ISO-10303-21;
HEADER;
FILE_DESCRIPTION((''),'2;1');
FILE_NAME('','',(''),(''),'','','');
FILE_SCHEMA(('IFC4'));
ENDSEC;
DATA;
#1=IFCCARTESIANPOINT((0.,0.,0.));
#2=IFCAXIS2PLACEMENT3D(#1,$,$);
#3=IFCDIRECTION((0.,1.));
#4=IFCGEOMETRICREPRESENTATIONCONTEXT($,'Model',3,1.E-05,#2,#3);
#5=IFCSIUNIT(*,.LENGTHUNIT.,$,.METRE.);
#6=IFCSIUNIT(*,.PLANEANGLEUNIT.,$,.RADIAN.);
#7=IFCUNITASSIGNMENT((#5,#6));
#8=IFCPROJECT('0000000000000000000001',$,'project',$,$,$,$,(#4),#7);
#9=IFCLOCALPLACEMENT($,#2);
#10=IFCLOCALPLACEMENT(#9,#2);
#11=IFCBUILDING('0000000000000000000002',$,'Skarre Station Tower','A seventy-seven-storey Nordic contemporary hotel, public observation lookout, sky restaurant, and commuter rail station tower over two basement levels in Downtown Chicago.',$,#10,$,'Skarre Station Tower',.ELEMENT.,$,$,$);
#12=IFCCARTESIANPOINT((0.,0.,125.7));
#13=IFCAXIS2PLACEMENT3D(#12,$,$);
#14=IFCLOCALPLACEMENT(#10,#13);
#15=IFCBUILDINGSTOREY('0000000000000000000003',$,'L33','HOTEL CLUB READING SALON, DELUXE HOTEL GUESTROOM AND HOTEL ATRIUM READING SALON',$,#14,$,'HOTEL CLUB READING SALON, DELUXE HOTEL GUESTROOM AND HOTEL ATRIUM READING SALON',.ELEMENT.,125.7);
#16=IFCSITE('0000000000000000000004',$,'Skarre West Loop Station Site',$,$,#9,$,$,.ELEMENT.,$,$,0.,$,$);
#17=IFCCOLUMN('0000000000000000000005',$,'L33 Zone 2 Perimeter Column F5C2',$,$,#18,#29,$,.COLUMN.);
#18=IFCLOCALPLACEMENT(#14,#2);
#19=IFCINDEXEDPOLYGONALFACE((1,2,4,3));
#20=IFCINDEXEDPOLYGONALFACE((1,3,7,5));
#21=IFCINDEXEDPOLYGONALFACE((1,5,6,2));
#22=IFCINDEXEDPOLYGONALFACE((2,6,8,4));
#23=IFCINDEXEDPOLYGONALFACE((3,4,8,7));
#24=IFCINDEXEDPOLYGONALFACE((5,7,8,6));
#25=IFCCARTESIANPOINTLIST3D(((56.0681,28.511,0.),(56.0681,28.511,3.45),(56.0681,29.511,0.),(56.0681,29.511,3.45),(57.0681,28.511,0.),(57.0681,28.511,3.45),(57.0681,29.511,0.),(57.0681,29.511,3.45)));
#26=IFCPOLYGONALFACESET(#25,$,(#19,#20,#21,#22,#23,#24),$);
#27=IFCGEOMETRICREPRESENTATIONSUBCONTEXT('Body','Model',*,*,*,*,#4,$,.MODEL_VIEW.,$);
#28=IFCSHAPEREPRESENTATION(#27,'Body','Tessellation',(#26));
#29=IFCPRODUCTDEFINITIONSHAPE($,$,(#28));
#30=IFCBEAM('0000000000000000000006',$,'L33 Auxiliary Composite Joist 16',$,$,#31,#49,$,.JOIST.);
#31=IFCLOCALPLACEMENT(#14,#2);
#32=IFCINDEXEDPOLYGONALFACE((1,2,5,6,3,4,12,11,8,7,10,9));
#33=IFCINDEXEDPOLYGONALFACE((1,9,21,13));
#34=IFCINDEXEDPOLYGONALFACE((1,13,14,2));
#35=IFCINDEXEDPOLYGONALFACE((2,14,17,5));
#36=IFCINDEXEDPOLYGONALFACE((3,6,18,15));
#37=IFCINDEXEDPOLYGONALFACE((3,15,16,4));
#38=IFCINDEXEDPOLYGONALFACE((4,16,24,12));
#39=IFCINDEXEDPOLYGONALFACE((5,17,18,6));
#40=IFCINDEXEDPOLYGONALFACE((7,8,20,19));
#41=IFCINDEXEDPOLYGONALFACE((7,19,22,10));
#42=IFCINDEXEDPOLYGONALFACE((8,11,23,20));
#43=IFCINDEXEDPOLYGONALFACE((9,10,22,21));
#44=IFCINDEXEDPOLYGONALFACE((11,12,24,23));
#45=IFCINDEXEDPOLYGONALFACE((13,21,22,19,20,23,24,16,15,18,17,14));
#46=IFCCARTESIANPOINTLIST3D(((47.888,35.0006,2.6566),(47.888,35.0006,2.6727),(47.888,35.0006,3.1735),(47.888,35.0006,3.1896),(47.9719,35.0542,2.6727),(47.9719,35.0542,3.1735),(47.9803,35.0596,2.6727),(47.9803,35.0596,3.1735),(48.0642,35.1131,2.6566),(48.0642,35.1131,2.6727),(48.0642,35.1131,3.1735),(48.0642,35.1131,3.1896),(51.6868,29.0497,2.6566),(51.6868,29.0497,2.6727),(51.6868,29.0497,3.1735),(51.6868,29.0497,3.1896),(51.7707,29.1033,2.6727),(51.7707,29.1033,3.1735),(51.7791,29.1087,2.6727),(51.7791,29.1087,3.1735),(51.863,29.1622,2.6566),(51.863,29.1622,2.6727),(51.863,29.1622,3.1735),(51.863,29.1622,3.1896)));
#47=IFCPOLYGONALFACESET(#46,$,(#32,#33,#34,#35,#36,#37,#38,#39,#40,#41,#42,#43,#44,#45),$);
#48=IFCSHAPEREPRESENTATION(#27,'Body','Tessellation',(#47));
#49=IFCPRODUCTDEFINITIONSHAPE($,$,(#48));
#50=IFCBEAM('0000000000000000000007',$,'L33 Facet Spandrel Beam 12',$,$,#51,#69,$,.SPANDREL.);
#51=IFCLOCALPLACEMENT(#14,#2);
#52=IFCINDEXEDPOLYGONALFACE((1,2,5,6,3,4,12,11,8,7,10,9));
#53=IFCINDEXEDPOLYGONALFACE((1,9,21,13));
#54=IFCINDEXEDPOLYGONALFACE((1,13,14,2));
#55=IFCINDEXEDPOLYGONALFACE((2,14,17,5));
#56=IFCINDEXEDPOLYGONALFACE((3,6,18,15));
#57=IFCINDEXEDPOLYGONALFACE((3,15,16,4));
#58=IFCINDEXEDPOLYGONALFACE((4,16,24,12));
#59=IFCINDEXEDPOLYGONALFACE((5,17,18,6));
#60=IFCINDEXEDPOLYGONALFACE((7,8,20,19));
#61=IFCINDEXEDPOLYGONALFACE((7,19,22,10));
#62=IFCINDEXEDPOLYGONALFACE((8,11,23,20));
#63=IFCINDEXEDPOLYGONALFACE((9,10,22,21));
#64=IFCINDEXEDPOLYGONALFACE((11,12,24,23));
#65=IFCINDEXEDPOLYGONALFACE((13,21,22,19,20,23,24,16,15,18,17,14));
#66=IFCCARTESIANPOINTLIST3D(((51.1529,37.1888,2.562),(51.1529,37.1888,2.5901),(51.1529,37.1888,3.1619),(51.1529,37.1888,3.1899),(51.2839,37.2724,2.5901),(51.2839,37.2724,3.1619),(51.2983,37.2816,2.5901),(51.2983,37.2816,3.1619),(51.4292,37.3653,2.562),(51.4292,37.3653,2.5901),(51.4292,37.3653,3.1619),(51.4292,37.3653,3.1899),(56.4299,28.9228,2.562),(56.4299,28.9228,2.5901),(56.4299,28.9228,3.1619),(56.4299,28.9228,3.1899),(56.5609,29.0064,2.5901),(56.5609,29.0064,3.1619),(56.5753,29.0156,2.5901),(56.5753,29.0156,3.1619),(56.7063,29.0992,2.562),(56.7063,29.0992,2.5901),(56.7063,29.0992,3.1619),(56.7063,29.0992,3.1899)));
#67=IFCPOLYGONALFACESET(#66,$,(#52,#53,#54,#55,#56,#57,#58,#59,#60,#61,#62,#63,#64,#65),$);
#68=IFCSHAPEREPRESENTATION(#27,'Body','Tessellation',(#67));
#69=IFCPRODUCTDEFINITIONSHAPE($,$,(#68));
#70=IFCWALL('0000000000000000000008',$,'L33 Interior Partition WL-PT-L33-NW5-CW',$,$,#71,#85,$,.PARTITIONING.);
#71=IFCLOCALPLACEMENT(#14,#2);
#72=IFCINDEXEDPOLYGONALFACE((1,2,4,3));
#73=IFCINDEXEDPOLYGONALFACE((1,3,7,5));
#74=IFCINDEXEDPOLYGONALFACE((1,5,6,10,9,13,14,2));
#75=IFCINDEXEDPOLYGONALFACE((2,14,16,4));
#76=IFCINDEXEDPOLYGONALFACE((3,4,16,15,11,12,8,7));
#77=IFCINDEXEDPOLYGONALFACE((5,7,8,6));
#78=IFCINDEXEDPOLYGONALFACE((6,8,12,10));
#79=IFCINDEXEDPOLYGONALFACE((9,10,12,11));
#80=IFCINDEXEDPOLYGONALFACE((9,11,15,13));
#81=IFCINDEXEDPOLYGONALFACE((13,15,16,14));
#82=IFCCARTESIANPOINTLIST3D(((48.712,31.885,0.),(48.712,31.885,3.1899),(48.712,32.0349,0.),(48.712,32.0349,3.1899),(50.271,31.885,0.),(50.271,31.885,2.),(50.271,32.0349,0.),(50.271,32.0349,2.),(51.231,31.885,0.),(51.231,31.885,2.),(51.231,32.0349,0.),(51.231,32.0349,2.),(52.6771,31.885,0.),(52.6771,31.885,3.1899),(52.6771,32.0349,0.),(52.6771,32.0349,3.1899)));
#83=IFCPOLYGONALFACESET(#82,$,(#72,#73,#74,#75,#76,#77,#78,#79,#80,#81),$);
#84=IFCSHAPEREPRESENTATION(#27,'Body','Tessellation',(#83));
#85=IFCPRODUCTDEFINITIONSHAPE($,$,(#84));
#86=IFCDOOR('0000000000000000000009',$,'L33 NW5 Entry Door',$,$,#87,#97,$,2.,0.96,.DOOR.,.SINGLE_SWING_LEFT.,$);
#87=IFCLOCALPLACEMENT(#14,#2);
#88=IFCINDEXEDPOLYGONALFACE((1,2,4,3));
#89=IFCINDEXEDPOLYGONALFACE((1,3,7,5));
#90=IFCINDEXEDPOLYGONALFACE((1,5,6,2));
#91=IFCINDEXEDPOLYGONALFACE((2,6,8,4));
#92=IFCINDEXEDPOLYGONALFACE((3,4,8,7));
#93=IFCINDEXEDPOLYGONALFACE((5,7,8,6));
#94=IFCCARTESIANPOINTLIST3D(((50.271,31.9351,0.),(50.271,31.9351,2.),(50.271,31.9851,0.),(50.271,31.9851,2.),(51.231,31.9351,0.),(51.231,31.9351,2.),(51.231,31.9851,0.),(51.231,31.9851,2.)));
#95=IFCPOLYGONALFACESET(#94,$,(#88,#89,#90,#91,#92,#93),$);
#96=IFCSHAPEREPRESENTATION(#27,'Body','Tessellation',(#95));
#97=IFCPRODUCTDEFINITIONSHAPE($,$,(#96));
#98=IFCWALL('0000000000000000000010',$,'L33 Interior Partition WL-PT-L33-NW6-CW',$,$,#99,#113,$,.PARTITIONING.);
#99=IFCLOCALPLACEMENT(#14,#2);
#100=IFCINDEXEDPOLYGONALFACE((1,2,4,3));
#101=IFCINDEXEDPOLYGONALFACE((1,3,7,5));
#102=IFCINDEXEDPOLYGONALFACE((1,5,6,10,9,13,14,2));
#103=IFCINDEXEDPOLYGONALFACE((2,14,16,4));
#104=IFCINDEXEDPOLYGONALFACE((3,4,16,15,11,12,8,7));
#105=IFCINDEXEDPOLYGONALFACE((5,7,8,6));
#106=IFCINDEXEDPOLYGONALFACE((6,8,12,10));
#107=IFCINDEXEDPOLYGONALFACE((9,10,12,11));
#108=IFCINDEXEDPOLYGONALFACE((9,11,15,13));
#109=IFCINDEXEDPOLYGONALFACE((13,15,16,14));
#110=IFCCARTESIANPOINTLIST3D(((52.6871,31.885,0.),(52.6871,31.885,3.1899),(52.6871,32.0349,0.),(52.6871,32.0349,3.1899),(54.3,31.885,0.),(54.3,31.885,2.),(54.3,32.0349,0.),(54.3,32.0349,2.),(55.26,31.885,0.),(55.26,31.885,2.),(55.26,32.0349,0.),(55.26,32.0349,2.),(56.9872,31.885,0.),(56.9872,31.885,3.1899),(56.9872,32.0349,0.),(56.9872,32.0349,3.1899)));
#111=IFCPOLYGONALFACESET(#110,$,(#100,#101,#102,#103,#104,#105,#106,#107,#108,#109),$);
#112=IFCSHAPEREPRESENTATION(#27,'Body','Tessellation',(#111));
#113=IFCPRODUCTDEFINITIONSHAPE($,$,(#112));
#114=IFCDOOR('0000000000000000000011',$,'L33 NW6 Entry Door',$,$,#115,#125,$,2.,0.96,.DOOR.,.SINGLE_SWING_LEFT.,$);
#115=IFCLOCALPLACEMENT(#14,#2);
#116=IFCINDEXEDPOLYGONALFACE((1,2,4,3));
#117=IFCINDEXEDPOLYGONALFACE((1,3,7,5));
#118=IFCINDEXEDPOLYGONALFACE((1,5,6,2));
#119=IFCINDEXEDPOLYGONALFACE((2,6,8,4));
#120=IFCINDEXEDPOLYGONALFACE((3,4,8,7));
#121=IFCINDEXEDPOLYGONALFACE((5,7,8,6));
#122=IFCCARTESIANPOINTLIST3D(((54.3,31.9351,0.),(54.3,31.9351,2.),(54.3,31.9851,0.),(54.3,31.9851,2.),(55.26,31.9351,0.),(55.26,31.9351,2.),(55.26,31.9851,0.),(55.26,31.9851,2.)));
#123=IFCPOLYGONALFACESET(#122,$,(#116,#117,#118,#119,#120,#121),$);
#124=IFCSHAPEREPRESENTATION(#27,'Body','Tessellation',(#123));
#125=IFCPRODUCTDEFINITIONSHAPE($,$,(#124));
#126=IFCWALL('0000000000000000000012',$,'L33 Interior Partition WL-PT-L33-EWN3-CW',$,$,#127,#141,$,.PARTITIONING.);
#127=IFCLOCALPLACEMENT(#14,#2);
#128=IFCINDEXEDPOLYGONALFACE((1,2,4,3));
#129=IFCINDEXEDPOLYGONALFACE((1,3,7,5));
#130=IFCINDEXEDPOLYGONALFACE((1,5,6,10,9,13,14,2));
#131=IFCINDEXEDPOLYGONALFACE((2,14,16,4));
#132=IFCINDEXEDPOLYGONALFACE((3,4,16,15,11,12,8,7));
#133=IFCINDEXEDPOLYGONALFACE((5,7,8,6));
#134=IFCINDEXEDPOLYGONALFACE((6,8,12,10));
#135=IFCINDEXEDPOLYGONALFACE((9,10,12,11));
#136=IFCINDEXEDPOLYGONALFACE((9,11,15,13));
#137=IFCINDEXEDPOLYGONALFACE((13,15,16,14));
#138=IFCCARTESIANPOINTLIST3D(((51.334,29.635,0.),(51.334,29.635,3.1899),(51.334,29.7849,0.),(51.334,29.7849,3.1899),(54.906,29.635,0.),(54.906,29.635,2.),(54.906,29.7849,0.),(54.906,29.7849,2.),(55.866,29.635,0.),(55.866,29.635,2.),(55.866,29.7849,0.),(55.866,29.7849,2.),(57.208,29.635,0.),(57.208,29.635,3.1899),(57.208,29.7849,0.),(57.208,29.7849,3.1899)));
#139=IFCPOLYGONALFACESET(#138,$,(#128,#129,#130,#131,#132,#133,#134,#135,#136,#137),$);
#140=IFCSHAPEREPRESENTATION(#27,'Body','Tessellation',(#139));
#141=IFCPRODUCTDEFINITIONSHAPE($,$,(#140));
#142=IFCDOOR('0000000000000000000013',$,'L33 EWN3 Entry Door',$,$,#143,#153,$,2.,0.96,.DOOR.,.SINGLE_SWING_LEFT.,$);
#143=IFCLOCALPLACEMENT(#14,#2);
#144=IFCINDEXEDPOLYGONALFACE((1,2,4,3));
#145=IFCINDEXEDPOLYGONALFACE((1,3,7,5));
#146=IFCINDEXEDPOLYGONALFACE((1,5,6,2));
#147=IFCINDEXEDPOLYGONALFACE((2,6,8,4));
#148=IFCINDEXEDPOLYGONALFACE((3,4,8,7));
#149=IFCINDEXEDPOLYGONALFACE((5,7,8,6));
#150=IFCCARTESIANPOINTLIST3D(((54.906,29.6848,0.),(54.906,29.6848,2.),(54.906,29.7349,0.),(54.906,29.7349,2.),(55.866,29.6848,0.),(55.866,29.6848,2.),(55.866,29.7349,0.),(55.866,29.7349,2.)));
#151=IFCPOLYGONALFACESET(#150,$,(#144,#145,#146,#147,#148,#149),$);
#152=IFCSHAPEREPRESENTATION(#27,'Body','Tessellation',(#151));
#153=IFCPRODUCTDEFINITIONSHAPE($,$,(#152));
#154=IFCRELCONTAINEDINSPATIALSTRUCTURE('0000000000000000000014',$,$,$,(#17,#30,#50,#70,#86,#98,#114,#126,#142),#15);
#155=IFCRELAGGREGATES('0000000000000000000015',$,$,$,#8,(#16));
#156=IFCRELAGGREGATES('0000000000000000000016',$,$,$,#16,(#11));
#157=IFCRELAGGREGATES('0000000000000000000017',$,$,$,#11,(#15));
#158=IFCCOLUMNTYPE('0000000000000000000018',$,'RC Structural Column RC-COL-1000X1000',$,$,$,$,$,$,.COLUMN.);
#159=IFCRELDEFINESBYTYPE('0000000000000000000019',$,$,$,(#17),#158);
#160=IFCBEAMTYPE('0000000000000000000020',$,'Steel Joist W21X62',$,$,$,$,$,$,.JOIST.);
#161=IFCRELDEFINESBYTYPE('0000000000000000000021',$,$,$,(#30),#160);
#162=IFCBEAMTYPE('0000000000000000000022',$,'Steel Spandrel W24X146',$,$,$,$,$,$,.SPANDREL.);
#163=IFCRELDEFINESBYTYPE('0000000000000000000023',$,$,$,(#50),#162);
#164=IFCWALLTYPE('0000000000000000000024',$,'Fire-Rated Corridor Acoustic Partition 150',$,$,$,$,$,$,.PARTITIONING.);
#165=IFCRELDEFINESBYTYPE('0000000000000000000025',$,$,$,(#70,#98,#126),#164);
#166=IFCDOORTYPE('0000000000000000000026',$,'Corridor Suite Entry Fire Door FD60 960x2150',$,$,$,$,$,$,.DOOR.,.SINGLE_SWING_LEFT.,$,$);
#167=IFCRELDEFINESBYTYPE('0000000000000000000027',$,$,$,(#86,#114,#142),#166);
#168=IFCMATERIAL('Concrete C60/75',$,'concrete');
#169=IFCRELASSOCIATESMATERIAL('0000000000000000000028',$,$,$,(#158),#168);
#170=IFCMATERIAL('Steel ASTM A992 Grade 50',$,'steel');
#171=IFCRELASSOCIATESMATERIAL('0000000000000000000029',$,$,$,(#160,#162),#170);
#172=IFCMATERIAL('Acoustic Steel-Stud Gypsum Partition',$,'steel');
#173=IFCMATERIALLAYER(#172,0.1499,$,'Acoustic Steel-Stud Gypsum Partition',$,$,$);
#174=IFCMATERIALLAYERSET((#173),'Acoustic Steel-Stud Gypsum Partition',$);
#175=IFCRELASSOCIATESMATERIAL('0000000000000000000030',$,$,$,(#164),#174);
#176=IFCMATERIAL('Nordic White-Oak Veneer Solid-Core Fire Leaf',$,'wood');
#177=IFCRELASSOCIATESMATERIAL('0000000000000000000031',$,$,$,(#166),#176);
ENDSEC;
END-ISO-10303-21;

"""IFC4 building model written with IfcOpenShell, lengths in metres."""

from ifc_helpers import new_model, si_unit, direction, frame, frame_2d, origin, origin_2d, place, context, subcontext, project, spatial, rectangle, i_section, extrude, material, layer, layer_set, material_profile, profile_set, type_object, element, fill, save


model = new_model("IFC4")

# Units and contexts
model_context = context("Model", 3, precision=1e-05, world=origin(), true_north=direction((0.0, 1.0)))
body_context = subcontext(model_context, "Body", "Model", "MODEL_VIEW")
ifc_project = project(units=[si_unit("LENGTHUNIT", "METRE"), si_unit("PLANEANGLEUNIT", "RADIAN")], contexts=[model_context])

# Site, building, storey
site_placement = place(None, origin())
site = spatial("IfcSite", under=ifc_project, at=site_placement, Name="Skarre West Loop Station Site", CompositionType="ELEMENT", RefElevation=0.0)
building_placement = place(site_placement, origin())
building = spatial("IfcBuilding", under=site, at=building_placement, Name="Skarre Station Tower", Description="A seventy-seven-storey Nordic contemporary hotel, public observation lookout, sky restaurant, and commuter rail station tower over two basement levels in Downtown Chicago.", LongName="Skarre Station Tower", CompositionType="ELEMENT")
storey_placement = place(building_placement, frame((0.0, 0.0, 125.7)))
storey = spatial("IfcBuildingStorey", under=building, at=storey_placement, Name="L33", Description="HOTEL CLUB READING SALON, DELUXE HOTEL GUESTROOM AND HOTEL ATRIUM READING SALON", LongName="HOTEL CLUB READING SALON, DELUXE HOTEL GUESTROOM AND HOTEL ATRIUM READING SALON", CompositionType="ELEMENT", Elevation=125.7)

# Column
ifc_material_1 = material(Name="Concrete C60/75", Category="concrete")
ifc_material_profile_1 = material_profile(ifc_material_1, rectangle(XDim=1.0, YDim=1.0, at=origin_2d()), Name="Concrete C60/75")
ifc_profile_set_1 = profile_set([ifc_material_profile_1], Name="Concrete C60/75")
column_type = type_object("IfcColumnType", Name="RC Structural Column RC-COL-1000X1000", PredefinedType="COLUMN", material=ifc_profile_set_1)
column_placement = place(storey_placement, frame((56.5681, 29.011, 0.0), z_axis=(0.0, 0.0, 1.0), x_axis=(1.0, 0.0, 0.0)))
element("IfcColumn", 1, at=column_placement, inside=storey, type_object=column_type, Name="L33 Zone 2 Perimeter Column F5C2", PredefinedType="COLUMN", context=body_context, shape_type="SweptSolid", body=[
    extrude(rectangle(XDim=1.0, YDim=1.0, at=origin_2d()), origin(), (0.0, 0.0, 1.0), 3.45),
])

# Beams
ifc_material_2 = material(Name="Steel ASTM A992 Grade 50", Category="steel")
ifc_material_profile_2 = material_profile(ifc_material_2, i_section(OverallWidth=0.209, OverallDepth=0.533, WebThickness=0.01, FlangeThickness=0.0161, at=origin_2d()), Name="Steel ASTM A992 Grade 50")
ifc_profile_set_2 = profile_set([ifc_material_profile_2], Name="Steel ASTM A992 Grade 50")
beam_type_1 = type_object("IfcBeamType", Name="Steel Joist W21X62", PredefinedType="JOIST", material=ifc_profile_set_2)
beam_1_placement = place(storey_placement, frame((51.7749, 29.106, 2.9231), z_axis=(-0.538072, 0.842899, 0.0), x_axis=(-0.842899, -0.538072, 0.0)))
element("IfcBeam", 2, at=beam_1_placement, inside=storey, type_object=beam_type_1, Name="L33 Auxiliary Composite Joist 16", PredefinedType="JOIST", context=body_context, shape_type="SweptSolid", body=[
    extrude(i_section(OverallWidth=0.209, OverallDepth=0.533, WebThickness=0.01, FlangeThickness=0.0161, at=origin_2d()), origin(), (0.0, 0.0, 1.0), 7.0601),
])
ifc_material_profile_3 = material_profile(ifc_material_2, i_section(OverallWidth=0.3279, OverallDepth=0.6279, WebThickness=0.0171, FlangeThickness=0.0281, at=origin_2d()), Name="Steel ASTM A992 Grade 50")
ifc_profile_set_3 = profile_set([ifc_material_profile_3], Name="Steel ASTM A992 Grade 50")
beam_type_2 = type_object("IfcBeamType", Name="Steel Spandrel W24X146", PredefinedType="SPANDREL", material=ifc_profile_set_3)
beam_2_placement = place(storey_placement, frame((56.5681, 29.011, 2.876), z_axis=(-0.538098, 0.842883, 0.0), x_axis=(-0.842883, -0.538098, 0.0)))
element("IfcBeam", 3, at=beam_2_placement, inside=storey, type_object=beam_type_2, Name="L33 Facet Spandrel Beam 12", PredefinedType="SPANDREL", context=body_context, shape_type="SweptSolid", body=[
    extrude(i_section(OverallWidth=0.3279, OverallDepth=0.6279, WebThickness=0.0171, FlangeThickness=0.0281, at=origin_2d()), origin(), (0.0, 0.0, 1.0), 9.8069),
])

# Walls, openings, doors
ifc_material_3 = material(Name="Acoustic Steel-Stud Gypsum Partition", Category="steel")
ifc_layer_1 = layer(ifc_material_3, 0.1499, Name="Acoustic Steel-Stud Gypsum Partition")
ifc_layer_set_1 = layer_set([ifc_layer_1], Name="Acoustic Steel-Stud Gypsum Partition")
wall_type_1 = type_object("IfcWallType", Name="Fire-Rated Corridor Acoustic Partition 150", PredefinedType="PARTITIONING", material=ifc_layer_set_1)
wall_1_placement = place(storey_placement, frame((52.677, 31.96, 0.0), z_axis=(0.0, 0.0, 1.0), x_axis=(-1.0, 0.0, 0.0)))
wall_1 = element("IfcWall", 4, at=wall_1_placement, inside=storey, type_object=wall_type_1, Name="L33 Interior Partition WL-PT-L33-NW5-CW", PredefinedType="PARTITIONING", context=body_context, shape_type="SweptSolid", body=[
    extrude(rectangle(XDim=3.9651, YDim=0.1499, at=frame_2d((1.9824, 0.0))), origin(), (0.0, 0.0, 1.0), 3.1899),
])
opening_1_placement = place(wall_1_placement, frame((1.446, 0.0, 0.0)))
opening_1 = element("IfcOpeningElement", 5, at=opening_1_placement, cuts=wall_1, PredefinedType="OPENING", context=body_context, shape_type="SweptSolid", body=[
    extrude(rectangle(XDim=0.96, YDim=2.0, at=frame_2d((0.48, 1.0))), frame((0.0, 0.085, 0.0), z_axis=(0.0, -1.0, 0.0), x_axis=(1.0, 0.0, 0.0)), (0.0, 0.0, 1.0), 0.1699),
])
ifc_material_4 = material(Name="Nordic White-Oak Veneer Solid-Core Fire Leaf", Category="wood")
door_type_1 = type_object("IfcDoorType", Name="Corridor Suite Entry Fire Door FD60 960x2150", OperationType="SINGLE_SWING_LEFT", PredefinedType="DOOR", material=ifc_material_4)
door_1_placement = place(opening_1_placement, origin())
door_1 = element("IfcDoor", 6, at=door_1_placement, inside=storey, type_object=door_type_1, Name="L33 NW5 Entry Door", OperationType="SINGLE_SWING_LEFT", OverallHeight=2.0, OverallWidth=0.96, PredefinedType="DOOR", context=body_context, shape_type="SweptSolid", body=[
    extrude(rectangle(XDim=0.96, YDim=2.0, at=frame_2d((0.48, 1.0))), frame((0.0, 0.0249, 0.0), z_axis=(0.0, -1.0, 0.0), x_axis=(1.0, 0.0, 0.0)), (0.0, 0.0, 1.0), 0.05),
])
fill(opening_1, door_1)
wall_2_placement = place(storey_placement, frame((56.9871, 31.96, 0.0), z_axis=(0.0, 0.0, 1.0), x_axis=(-1.0, 0.0, 0.0)))
wall_2 = element("IfcWall", 7, at=wall_2_placement, inside=storey, type_object=wall_type_1, Name="L33 Interior Partition WL-PT-L33-NW6-CW", PredefinedType="PARTITIONING", context=body_context, shape_type="SweptSolid", body=[
    extrude(rectangle(XDim=4.3, YDim=0.1499, at=frame_2d((2.1499, 0.0))), origin(), (0.0, 0.0, 1.0), 3.1899),
])
opening_2_placement = place(wall_2_placement, frame((1.7271, 0.0, 0.0)))
opening_2 = element("IfcOpeningElement", 8, at=opening_2_placement, cuts=wall_2, PredefinedType="OPENING", context=body_context, shape_type="SweptSolid", body=[
    extrude(rectangle(XDim=0.96, YDim=2.0, at=frame_2d((0.48, 1.0))), frame((0.0, 0.085, 0.0), z_axis=(0.0, -1.0, 0.0), x_axis=(1.0, 0.0, 0.0)), (0.0, 0.0, 1.0), 0.1699),
])
door_2_placement = place(opening_2_placement, origin())
door_2 = element("IfcDoor", 9, at=door_2_placement, inside=storey, type_object=door_type_1, Name="L33 NW6 Entry Door", OperationType="SINGLE_SWING_LEFT", OverallHeight=2.0, OverallWidth=0.96, PredefinedType="DOOR", context=body_context, shape_type="SweptSolid", body=[
    extrude(rectangle(XDim=0.96, YDim=2.0, at=frame_2d((0.48, 1.0))), frame((0.0, 0.0249, 0.0), z_axis=(0.0, -1.0, 0.0), x_axis=(1.0, 0.0, 0.0)), (0.0, 0.0, 1.0), 0.05),
])
fill(opening_2, door_2)
wall_3_placement = place(storey_placement, frame((51.334, 29.71, 0.0), z_axis=(0.0, 0.0, 1.0), x_axis=(1.0, 0.0, 0.0)))
wall_3 = element("IfcWall", 10, at=wall_3_placement, inside=storey, type_object=wall_type_1, Name="L33 Interior Partition WL-PT-L33-EWN3-CW", PredefinedType="PARTITIONING", context=body_context, shape_type="SweptSolid", body=[
    extrude(rectangle(XDim=5.874, YDim=0.1499, at=frame_2d((2.937, 0.0))), origin(), (0.0, 0.0, 1.0), 3.1899),
])
opening_3_placement = place(wall_3_placement, frame((3.572, 0.0, 0.0)))
opening_3 = element("IfcOpeningElement", 11, at=opening_3_placement, cuts=wall_3, PredefinedType="OPENING", context=body_context, shape_type="SweptSolid", body=[
    extrude(rectangle(XDim=0.96, YDim=2.0, at=frame_2d((0.48, 1.0))), frame((0.0, 0.085, 0.0), z_axis=(0.0, -1.0, 0.0), x_axis=(1.0, 0.0, 0.0)), (0.0, 0.0, 1.0), 0.1699),
])
door_3_placement = place(opening_3_placement, origin())
door_3 = element("IfcDoor", 12, at=door_3_placement, inside=storey, type_object=door_type_1, Name="L33 EWN3 Entry Door", OperationType="SINGLE_SWING_LEFT", OverallHeight=2.0, OverallWidth=0.96, PredefinedType="DOOR", context=body_context, shape_type="SweptSolid", body=[
    extrude(rectangle(XDim=0.96, YDim=2.0, at=frame_2d((0.48, 1.0))), frame((0.0, 0.0249, 0.0), z_axis=(0.0, -1.0, 0.0), x_axis=(1.0, 0.0, 0.0)), (0.0, 0.0, 1.0), 0.05),
])
fill(opening_3, door_3)

save(model, "model.ifc")
